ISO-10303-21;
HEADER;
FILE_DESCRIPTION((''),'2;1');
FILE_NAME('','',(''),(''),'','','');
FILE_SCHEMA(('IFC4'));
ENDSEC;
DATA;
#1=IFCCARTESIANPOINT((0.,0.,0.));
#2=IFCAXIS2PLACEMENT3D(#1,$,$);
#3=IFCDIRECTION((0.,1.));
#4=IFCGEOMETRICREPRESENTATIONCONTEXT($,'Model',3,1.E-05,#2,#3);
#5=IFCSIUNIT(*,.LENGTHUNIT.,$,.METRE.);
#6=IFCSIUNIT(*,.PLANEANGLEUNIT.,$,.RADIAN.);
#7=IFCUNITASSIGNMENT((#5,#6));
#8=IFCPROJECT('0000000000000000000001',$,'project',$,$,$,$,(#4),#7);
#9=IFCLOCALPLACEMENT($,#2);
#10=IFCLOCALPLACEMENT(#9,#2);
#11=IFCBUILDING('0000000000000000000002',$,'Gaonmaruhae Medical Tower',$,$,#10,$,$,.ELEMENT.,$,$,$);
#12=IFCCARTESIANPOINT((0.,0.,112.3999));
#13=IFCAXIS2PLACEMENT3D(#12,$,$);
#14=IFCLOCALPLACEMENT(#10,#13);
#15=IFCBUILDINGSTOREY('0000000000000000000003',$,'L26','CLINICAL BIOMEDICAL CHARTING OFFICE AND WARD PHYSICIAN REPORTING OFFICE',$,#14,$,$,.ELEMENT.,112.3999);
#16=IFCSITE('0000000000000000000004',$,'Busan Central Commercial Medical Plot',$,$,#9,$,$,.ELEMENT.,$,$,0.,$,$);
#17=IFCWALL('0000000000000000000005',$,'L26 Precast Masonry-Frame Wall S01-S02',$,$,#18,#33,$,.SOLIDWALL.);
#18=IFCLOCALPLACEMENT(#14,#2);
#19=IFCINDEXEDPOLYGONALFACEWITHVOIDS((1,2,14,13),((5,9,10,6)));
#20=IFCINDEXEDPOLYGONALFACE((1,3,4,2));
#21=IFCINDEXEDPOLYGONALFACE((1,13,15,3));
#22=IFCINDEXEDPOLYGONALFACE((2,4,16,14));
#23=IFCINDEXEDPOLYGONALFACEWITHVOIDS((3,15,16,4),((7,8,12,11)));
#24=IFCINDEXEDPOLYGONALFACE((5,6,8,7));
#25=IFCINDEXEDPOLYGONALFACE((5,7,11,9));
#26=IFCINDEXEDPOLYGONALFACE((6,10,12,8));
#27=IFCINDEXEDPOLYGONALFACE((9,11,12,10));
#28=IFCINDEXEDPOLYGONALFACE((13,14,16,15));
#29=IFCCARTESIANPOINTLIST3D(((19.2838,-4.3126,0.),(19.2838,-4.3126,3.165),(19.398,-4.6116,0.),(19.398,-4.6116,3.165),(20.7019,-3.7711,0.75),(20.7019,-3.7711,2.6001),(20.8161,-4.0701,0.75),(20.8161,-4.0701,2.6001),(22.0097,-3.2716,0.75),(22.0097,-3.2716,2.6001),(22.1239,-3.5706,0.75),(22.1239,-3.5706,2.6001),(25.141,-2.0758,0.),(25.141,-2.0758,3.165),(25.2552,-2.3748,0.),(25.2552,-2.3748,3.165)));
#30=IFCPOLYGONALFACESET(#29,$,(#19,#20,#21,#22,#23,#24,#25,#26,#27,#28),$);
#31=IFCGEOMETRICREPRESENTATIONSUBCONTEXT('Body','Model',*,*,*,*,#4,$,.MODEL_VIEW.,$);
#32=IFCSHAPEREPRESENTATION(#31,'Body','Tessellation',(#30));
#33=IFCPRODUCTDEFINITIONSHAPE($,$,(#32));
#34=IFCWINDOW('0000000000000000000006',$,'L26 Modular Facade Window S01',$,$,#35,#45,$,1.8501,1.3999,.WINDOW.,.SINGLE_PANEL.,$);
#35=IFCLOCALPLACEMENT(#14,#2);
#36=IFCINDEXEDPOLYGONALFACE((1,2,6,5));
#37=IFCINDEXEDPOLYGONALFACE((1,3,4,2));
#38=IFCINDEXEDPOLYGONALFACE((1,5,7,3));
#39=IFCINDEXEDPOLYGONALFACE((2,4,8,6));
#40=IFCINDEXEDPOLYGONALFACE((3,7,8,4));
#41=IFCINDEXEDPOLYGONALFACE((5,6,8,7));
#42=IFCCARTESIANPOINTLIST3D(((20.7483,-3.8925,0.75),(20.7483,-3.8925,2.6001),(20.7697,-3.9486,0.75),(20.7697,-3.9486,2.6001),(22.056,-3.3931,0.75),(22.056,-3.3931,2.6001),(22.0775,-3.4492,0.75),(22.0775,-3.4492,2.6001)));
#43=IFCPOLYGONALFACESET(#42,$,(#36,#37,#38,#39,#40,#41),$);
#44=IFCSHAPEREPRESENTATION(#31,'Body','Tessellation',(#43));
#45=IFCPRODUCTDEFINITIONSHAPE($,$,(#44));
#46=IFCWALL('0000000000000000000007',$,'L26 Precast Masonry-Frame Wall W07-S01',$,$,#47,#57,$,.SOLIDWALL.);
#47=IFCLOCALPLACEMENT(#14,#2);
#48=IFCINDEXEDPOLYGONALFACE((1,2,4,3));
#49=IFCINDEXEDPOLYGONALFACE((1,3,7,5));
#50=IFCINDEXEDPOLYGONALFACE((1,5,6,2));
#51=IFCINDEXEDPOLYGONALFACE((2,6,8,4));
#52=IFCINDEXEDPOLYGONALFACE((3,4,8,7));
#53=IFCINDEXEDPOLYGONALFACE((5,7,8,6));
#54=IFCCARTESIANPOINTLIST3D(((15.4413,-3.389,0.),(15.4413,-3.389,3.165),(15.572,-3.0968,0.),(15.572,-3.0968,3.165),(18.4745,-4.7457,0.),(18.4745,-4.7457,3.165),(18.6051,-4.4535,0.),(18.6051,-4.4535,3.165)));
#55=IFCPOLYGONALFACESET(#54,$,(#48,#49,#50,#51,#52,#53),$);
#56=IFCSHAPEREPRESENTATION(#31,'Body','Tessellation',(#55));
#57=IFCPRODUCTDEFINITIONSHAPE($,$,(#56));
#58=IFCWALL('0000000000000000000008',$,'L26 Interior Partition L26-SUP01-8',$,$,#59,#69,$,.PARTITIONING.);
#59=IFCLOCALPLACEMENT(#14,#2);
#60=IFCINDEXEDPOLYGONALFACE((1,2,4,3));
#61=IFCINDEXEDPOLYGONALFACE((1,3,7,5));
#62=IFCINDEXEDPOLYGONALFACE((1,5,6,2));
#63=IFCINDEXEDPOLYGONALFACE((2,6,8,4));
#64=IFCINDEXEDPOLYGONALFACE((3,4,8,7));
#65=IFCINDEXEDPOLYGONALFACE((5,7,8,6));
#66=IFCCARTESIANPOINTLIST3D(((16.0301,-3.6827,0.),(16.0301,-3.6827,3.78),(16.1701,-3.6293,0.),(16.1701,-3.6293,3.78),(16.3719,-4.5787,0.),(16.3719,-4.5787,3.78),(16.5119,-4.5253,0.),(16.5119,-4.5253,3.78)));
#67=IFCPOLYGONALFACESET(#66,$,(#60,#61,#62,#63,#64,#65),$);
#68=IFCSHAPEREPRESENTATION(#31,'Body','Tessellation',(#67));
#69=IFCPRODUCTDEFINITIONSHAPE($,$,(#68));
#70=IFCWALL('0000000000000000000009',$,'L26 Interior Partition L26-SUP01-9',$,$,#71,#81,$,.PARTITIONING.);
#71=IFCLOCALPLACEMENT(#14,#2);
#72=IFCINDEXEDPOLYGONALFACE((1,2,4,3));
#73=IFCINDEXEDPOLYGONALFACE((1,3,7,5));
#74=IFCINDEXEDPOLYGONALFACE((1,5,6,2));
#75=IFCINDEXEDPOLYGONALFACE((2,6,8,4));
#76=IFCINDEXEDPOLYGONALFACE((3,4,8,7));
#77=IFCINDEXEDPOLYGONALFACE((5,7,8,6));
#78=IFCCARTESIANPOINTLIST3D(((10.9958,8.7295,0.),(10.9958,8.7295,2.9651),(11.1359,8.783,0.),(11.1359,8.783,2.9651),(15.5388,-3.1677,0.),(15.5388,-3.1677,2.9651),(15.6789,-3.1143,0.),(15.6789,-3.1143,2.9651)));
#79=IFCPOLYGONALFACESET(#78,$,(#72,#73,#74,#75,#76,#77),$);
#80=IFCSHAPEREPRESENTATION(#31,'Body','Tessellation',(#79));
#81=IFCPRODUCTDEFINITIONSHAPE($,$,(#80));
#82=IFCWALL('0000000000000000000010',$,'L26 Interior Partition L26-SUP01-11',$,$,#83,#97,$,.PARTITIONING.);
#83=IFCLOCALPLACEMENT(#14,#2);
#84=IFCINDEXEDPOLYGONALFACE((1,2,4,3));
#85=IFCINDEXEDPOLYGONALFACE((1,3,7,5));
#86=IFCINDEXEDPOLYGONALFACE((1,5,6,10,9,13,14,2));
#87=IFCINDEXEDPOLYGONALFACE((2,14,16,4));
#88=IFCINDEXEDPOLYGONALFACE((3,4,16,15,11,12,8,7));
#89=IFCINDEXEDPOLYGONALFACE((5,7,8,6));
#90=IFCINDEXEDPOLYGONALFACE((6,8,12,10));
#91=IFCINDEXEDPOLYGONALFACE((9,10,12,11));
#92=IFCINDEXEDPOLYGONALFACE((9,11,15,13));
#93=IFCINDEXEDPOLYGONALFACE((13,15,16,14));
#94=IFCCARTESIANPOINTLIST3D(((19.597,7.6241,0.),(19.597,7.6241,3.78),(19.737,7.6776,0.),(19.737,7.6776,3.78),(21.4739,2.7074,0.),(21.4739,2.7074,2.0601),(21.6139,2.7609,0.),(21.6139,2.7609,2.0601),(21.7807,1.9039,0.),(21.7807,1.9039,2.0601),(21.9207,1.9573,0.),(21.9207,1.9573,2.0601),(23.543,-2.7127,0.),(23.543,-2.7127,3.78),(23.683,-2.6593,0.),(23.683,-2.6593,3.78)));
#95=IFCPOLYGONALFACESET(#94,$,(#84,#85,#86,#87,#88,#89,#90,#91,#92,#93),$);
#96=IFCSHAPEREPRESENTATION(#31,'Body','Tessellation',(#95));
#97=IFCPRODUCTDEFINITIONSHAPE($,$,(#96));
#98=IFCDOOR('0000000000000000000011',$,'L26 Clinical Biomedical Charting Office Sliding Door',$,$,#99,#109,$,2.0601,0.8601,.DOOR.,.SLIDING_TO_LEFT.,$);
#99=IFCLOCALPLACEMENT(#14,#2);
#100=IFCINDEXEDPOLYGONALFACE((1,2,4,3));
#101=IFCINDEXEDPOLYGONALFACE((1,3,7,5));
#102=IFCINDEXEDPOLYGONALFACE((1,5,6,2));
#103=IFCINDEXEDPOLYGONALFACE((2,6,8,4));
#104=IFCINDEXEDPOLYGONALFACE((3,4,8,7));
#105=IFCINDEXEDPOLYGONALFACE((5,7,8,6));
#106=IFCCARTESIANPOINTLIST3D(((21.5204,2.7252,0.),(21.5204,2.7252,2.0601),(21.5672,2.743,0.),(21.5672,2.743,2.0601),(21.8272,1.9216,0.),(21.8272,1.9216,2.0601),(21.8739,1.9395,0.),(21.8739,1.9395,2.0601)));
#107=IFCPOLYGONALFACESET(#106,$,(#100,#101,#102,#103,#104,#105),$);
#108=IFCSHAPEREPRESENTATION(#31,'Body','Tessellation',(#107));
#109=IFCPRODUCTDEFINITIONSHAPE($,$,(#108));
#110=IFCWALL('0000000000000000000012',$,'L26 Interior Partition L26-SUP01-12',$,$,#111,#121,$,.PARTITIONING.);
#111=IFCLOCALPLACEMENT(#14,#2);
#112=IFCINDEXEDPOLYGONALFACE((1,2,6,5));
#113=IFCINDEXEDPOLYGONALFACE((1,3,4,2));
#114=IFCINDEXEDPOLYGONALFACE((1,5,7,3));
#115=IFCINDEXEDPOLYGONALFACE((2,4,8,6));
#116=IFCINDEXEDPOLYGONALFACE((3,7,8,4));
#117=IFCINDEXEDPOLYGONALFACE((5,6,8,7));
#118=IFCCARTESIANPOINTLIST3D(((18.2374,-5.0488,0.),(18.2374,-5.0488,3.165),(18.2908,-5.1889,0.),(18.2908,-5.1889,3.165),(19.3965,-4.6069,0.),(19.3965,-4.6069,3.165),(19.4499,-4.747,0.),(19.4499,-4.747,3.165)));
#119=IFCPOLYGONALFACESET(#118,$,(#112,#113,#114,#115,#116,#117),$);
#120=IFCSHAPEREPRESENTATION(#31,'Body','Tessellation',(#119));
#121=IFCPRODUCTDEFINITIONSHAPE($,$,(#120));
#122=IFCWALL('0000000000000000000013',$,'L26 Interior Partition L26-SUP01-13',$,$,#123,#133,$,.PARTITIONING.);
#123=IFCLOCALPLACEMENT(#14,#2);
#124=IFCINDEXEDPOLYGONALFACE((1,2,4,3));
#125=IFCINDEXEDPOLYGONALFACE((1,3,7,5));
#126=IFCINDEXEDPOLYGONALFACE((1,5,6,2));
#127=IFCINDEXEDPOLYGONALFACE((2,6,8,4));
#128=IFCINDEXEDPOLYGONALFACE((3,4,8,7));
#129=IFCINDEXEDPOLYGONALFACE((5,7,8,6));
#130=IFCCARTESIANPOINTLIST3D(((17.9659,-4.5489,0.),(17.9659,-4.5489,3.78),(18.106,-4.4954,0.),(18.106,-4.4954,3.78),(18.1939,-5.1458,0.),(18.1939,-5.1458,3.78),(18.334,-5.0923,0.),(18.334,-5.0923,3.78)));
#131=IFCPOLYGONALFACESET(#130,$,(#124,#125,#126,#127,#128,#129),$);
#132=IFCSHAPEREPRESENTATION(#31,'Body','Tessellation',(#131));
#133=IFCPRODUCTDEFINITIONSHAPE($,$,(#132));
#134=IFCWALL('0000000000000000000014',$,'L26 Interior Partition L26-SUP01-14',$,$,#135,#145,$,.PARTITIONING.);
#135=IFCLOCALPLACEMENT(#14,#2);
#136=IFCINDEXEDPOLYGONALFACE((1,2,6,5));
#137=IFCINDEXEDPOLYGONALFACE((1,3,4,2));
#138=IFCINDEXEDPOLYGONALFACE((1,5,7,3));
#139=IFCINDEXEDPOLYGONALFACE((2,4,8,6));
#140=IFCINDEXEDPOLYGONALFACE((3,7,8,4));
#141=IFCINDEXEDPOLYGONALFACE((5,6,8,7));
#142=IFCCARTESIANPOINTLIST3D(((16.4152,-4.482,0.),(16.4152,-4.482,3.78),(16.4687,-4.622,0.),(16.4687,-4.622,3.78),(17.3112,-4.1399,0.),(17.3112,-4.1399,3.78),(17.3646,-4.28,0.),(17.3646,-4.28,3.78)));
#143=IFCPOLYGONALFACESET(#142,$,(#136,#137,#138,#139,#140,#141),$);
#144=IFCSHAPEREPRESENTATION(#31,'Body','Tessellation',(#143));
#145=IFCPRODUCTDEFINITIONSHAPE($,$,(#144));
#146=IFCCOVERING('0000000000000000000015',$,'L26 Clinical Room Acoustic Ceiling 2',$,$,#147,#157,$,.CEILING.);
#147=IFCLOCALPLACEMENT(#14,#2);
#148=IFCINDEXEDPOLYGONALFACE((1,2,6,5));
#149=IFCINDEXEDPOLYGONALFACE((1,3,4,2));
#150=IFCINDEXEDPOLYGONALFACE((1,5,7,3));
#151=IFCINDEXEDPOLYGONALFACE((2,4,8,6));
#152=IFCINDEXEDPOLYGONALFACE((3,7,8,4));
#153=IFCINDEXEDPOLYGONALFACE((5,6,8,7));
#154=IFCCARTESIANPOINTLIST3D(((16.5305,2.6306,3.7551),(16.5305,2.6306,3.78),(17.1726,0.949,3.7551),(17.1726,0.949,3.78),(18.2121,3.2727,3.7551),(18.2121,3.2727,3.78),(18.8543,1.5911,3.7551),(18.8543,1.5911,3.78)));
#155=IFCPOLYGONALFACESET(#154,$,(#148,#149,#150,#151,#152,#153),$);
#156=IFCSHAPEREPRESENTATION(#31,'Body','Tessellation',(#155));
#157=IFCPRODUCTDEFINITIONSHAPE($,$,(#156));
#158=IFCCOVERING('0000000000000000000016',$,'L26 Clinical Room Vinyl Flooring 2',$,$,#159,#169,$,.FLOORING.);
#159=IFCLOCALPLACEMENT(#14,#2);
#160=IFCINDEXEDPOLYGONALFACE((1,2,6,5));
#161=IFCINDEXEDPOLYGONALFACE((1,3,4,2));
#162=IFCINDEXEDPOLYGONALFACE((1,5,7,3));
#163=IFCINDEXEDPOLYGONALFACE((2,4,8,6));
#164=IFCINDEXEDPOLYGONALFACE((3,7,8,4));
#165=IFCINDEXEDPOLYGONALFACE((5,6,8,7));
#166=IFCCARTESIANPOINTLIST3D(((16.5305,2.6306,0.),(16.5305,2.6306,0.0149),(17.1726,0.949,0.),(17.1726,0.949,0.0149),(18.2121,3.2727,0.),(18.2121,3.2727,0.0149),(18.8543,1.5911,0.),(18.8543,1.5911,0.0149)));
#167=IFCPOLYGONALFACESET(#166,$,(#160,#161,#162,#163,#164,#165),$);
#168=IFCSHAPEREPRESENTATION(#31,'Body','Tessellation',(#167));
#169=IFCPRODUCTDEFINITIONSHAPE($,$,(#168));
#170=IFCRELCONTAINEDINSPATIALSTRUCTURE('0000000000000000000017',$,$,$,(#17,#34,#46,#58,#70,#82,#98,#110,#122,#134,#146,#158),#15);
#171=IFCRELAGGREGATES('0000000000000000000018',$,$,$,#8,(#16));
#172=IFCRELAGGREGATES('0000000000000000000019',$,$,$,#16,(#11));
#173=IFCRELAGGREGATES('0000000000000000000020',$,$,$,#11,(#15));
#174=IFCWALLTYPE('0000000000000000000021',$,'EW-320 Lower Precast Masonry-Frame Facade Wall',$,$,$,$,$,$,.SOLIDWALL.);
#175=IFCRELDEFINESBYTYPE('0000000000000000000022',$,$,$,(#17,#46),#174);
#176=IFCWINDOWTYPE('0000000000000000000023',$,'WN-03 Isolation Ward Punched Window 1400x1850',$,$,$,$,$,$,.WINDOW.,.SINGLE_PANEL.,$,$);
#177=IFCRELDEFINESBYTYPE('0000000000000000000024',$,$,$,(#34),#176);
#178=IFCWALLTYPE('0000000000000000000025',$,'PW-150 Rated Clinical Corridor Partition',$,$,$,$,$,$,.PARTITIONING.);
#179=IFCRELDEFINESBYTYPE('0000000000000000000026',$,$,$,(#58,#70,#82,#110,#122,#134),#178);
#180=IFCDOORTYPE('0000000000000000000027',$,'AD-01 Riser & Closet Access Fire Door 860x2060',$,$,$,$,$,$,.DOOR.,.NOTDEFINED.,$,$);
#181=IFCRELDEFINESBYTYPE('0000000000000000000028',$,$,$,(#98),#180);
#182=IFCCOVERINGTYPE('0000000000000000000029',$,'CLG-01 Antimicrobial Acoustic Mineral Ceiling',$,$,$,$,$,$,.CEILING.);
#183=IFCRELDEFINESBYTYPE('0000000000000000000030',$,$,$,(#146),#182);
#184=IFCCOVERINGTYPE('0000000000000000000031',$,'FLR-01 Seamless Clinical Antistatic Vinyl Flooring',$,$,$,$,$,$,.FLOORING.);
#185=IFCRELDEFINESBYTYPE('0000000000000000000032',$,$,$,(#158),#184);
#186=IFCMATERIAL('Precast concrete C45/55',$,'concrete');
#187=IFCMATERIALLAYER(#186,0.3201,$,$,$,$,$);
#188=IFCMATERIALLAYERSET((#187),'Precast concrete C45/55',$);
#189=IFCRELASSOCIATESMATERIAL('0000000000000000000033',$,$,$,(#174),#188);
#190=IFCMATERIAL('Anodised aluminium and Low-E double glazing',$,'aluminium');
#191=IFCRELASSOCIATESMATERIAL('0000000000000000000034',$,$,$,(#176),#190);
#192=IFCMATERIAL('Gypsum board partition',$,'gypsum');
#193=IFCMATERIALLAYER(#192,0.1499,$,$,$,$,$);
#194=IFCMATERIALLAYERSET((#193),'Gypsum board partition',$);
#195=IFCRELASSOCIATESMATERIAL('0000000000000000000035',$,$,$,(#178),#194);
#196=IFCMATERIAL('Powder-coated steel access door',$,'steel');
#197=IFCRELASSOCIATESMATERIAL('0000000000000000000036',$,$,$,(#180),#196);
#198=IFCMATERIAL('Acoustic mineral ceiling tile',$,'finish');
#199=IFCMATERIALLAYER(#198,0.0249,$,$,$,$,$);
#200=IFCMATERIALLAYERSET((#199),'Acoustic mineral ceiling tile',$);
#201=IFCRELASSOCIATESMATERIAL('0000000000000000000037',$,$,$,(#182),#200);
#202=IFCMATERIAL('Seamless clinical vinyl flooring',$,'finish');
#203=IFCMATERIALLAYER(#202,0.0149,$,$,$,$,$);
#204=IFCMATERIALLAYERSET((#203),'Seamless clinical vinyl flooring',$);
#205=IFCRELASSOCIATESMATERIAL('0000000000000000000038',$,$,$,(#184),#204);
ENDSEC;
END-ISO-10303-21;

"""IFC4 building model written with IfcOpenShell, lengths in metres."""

from ifc_helpers import new_model, si_unit, direction, frame, frame_2d, origin, origin_2d, place, context, subcontext, project, spatial, rectangle, extrude, material, layer, layer_set, type_object, element, fill, save


model = new_model("IFC4")

# Units and contexts
model_context = context("Model", 3, precision=1e-05, world=origin(), true_north=direction((0.0, 1.0)))
body_context = subcontext(model_context, "Body", "Model", "MODEL_VIEW")
ifc_project = project(units=[si_unit("LENGTHUNIT", "METRE"), si_unit("PLANEANGLEUNIT", "RADIAN")], contexts=[model_context])

# Site, building, storey
site_placement = place(None, origin())
site = spatial("IfcSite", under=ifc_project, at=site_placement, Name="Busan Central Commercial Medical Plot", CompositionType="ELEMENT", RefElevation=0.0)
building_placement = place(site_placement, origin())
building = spatial("IfcBuilding", under=site, at=building_placement, Name="Gaonmaruhae Medical Tower", CompositionType="ELEMENT")
storey_placement = place(building_placement, frame((0.0, 0.0, 112.3999)))
storey = spatial("IfcBuildingStorey", under=building, at=storey_placement, Name="L26", Description="CLINICAL BIOMEDICAL CHARTING OFFICE AND WARD PHYSICIAN REPORTING OFFICE", CompositionType="ELEMENT", Elevation=112.3999)

# Wall, opening, window
ifc_material_1 = material(Name="Precast concrete C45/55", Category="concrete")
ifc_layer_1 = layer(ifc_material_1, 0.3201)
ifc_layer_set_1 = layer_set([ifc_layer_1], Name="Precast concrete C45/55")
wall_type_1 = type_object("IfcWallType", Name="EW-320 Lower Precast Masonry-Frame Facade Wall", PredefinedType="SOLIDWALL", material=ifc_layer_set_1)
wall_1_placement = place(storey_placement, frame((25.198, -2.2253, 0.0), z_axis=(0.0, 0.0, 1.0), x_axis=(-0.934195, -0.356763, 0.0)))
wall_1 = element("IfcWall", 1, at=wall_1_placement, inside=storey, type_object=wall_type_1, Name="L26 Precast Masonry-Frame Wall S01-S02", PredefinedType="SOLIDWALL", context=body_context, shape_type="SweptSolid", body=[
    extrude(rectangle(XDim=6.2698, YDim=0.3201, at=frame_2d((3.1348, 0.0))), origin(), (0.0, 0.0, 1.0), 3.165),
])
opening_1_placement = place(wall_1_placement, frame((3.3518, 0.0, 0.75)))
opening_1 = element("IfcOpeningElement", 2, at=opening_1_placement, cuts=wall_1, PredefinedType="OPENING", context=body_context, shape_type="SweptSolid", body=[
    extrude(rectangle(XDim=1.3999, YDim=1.8501, at=frame_2d((0.7, 0.925))), frame((0.0, 0.1699, 0.0), z_axis=(0.0, -1.0, 0.0), x_axis=(1.0, 0.0, 0.0)), (0.0, 0.0, 1.0), 0.3401),
])
ifc_material_2 = material(Name="Anodised aluminium and Low-E double glazing", Category="aluminium")
window_type = type_object("IfcWindowType", Name="WN-03 Isolation Ward Punched Window 1400x1850", PartitioningType="SINGLE_PANEL", PredefinedType="WINDOW", material=ifc_material_2)
window_placement = place(opening_1_placement, origin())
window = element("IfcWindow", 3, at=window_placement, inside=storey, type_object=window_type, Name="L26 Modular Facade Window S01", OverallHeight=1.8501, OverallWidth=1.3999, PartitioningType="SINGLE_PANEL", PredefinedType="WINDOW", context=body_context, shape_type="SweptSolid", body=[
    extrude(rectangle(XDim=1.3999, YDim=1.8501, at=frame_2d((0.7, 0.925))), frame((0.0, 0.03, 0.0), z_axis=(0.0, -1.0, 0.0), x_axis=(1.0, 0.0, 0.0)), (0.0, 0.0, 1.0), 0.0601),
])
fill(opening_1, window)

# Walls
wall_2_placement = place(storey_placement, frame((18.5398, -4.5996, 0.0), z_axis=(0.0, 0.0, 1.0), x_axis=(-0.912849, 0.408298, 0.0)))
element("IfcWall", 4, at=wall_2_placement, inside=storey, type_object=wall_type_1, Name="L26 Precast Masonry-Frame Wall W07-S01", PredefinedType="SOLIDWALL", context=body_context, shape_type="SweptSolid", body=[
    extrude(rectangle(XDim=3.3228, YDim=0.3201, at=frame_2d((1.6614, 0.0))), origin(), (0.0, 0.0, 1.0), 3.165),
])
ifc_material_3 = material(Name="Gypsum board partition", Category="gypsum")
ifc_layer_2 = layer(ifc_material_3, 0.1499)
ifc_layer_set_2 = layer_set([ifc_layer_2], Name="Gypsum board partition")
wall_type_2 = type_object("IfcWallType", Name="PW-150 Rated Clinical Corridor Partition", PredefinedType="PARTITIONING", material=ifc_layer_set_2)
wall_3_placement = place(storey_placement, frame((16.4419, -4.552, 0.0), z_axis=(0.0, 0.0, 1.0), x_axis=(-0.356419, 0.934326, 0.0)))
element("IfcWall", 5, at=wall_3_placement, inside=storey, type_object=wall_type_2, Name="L26 Interior Partition L26-SUP01-8", PredefinedType="PARTITIONING", context=body_context, shape_type="SweptSolid", body=[
    extrude(rectangle(XDim=0.959, YDim=0.1499, at=frame_2d((0.4795, 0.0))), origin(), (0.0, 0.0, 1.0), 3.78),
])
wall_4_placement = place(storey_placement, frame((15.6089, -3.1411, 0.0), z_axis=(0.0, 0.0, 1.0), x_axis=(-0.356729, 0.934208, 0.0)))
element("IfcWall", 6, at=wall_4_placement, inside=storey, type_object=wall_type_2, Name="L26 Interior Partition L26-SUP01-9", PredefinedType="PARTITIONING", context=body_context, shape_type="SweptSolid", body=[
    extrude(rectangle(XDim=12.7351, YDim=0.1499, at=frame_2d((6.3677, 0.0))), origin(), (0.0, 0.0, 1.0), 2.9651),
])

# Wall, opening, door
wall_5_placement = place(storey_placement, frame((19.667, 7.6509, 0.0), z_axis=(0.0, 0.0, 1.0), x_axis=(0.35664, -0.934242, 0.0)))
wall_5 = element("IfcWall", 7, at=wall_5_placement, inside=storey, type_object=wall_type_2, Name="L26 Interior Partition L26-SUP01-11", PredefinedType="PARTITIONING", context=body_context, shape_type="SweptSolid", body=[
    extrude(rectangle(XDim=11.0645, YDim=0.1499, at=frame_2d((5.5322, 0.0))), origin(), (0.0, 0.0, 1.0), 3.78),
])
opening_2_placement = place(wall_5_placement, frame((5.2627, 0.0, 0.0)))
opening_2 = element("IfcOpeningElement", 8, at=opening_2_placement, cuts=wall_5, PredefinedType="OPENING", context=body_context, shape_type="SweptSolid", body=[
    extrude(rectangle(XDim=0.8601, YDim=2.0601, at=frame_2d((0.4302, 1.03))), frame((0.0, 0.085, 0.0), z_axis=(0.0, -1.0, 0.0), x_axis=(1.0, 0.0, 0.0)), (0.0, 0.0, 1.0), 0.1699),
])
ifc_material_4 = material(Name="Powder-coated steel access door", Category="steel")
door_type = type_object("IfcDoorType", Name="AD-01 Riser & Closet Access Fire Door 860x2060", OperationType="NOTDEFINED", PredefinedType="DOOR", material=ifc_material_4)
door_placement = place(opening_2_placement, origin())
door = element("IfcDoor", 9, at=door_placement, inside=storey, type_object=door_type, Name="L26 Clinical Biomedical Charting Office Sliding Door", OperationType="SLIDING_TO_LEFT", OverallHeight=2.0601, OverallWidth=0.8601, PredefinedType="DOOR", context=body_context, shape_type="SweptSolid", body=[
    extrude(rectangle(XDim=0.8601, YDim=2.0601, at=frame_2d((0.4302, 1.03))), frame((0.0, 0.0249, 0.0), z_axis=(0.0, -1.0, 0.0), x_axis=(1.0, 0.0, 0.0)), (0.0, 0.0, 1.0), 0.05),
])
fill(opening_2, door)

# Walls
wall_6_placement = place(storey_placement, frame((19.4231, -4.677, 0.0), z_axis=(0.0, 0.0, 1.0), x_axis=(-0.934407, -0.356208, 0.0)))
element("IfcWall", 10, at=wall_6_placement, inside=storey, type_object=wall_type_2, Name="L26 Interior Partition L26-SUP01-12", PredefinedType="PARTITIONING", context=body_context, shape_type="SweptSolid", body=[
    extrude(rectangle(XDim=1.2405, YDim=0.1499, at=frame_2d((0.6201, 0.0))), origin(), (0.0, 0.0, 1.0), 3.165),
])
wall_7_placement = place(storey_placement, frame((18.2639, -5.1189, 0.0), z_axis=(0.0, 0.0, 1.0), x_axis=(-0.356853, 0.934161, 0.0)))
element("IfcWall", 11, at=wall_7_placement, inside=storey, type_object=wall_type_2, Name="L26 Interior Partition L26-SUP01-13", PredefinedType="PARTITIONING", context=body_context, shape_type="SweptSolid", body=[
    extrude(rectangle(XDim=0.6389, YDim=0.1499, at=frame_2d((0.3193, 0.0))), origin(), (0.0, 0.0, 1.0), 3.78),
])
wall_8_placement = place(storey_placement, frame((17.3379, -4.21, 0.0), z_axis=(0.0, 0.0, 1.0), x_axis=(-0.934242, -0.356641, 0.0)))
element("IfcWall", 12, at=wall_8_placement, inside=storey, type_object=wall_type_2, Name="L26 Interior Partition L26-SUP01-14", PredefinedType="PARTITIONING", context=body_context, shape_type="SweptSolid", body=[
    extrude(rectangle(XDim=0.959, YDim=0.1499, at=frame_2d((0.4795, 0.0))), origin(), (0.0, 0.0, 1.0), 3.78),
])

# Coverings
ifc_material_5 = material(Name="Acoustic mineral ceiling tile", Category="finish")
ifc_layer_3 = layer(ifc_material_5, 0.0249)
ifc_layer_set_3 = layer_set([ifc_layer_3], Name="Acoustic mineral ceiling tile")
covering_type_1 = type_object("IfcCoveringType", Name="CLG-01 Antimicrobial Acoustic Mineral Ceiling", PredefinedType="CEILING", material=ifc_layer_set_3)
covering_1_placement = place(storey_placement, frame((17.6924, 2.1108, 3.7551), z_axis=(0.0, 0.0, 1.0), x_axis=(0.934204, 0.356738, 0.0)))
element("IfcCovering", 13, at=covering_1_placement, inside=storey, type_object=covering_type_1, Name="L26 Clinical Room Acoustic Ceiling 2", PredefinedType="CEILING", context=body_context, shape_type="SweptSolid", body=[
    extrude(rectangle(XDim=1.8, YDim=1.8, at=origin_2d()), origin(), (0.0, 0.0, 1.0), 0.0249),
])
ifc_material_6 = material(Name="Seamless clinical vinyl flooring", Category="finish")
ifc_layer_4 = layer(ifc_material_6, 0.0149)
ifc_layer_set_4 = layer_set([ifc_layer_4], Name="Seamless clinical vinyl flooring")
covering_type_2 = type_object("IfcCoveringType", Name="FLR-01 Seamless Clinical Antistatic Vinyl Flooring", PredefinedType="FLOORING", material=ifc_layer_set_4)
covering_2_placement = place(storey_placement, frame((17.6924, 2.1108, 0.0), z_axis=(0.0, 0.0, 1.0), x_axis=(0.934204, 0.356738, 0.0)))
element("IfcCovering", 14, at=covering_2_placement, inside=storey, type_object=covering_type_2, Name="L26 Clinical Room Vinyl Flooring 2", PredefinedType="FLOORING", context=body_context, shape_type="SweptSolid", body=[
    extrude(rectangle(XDim=1.8, YDim=1.8, at=origin_2d()), origin(), (0.0, 0.0, 1.0), 0.0149),
])

save(model, "model.ifc")
